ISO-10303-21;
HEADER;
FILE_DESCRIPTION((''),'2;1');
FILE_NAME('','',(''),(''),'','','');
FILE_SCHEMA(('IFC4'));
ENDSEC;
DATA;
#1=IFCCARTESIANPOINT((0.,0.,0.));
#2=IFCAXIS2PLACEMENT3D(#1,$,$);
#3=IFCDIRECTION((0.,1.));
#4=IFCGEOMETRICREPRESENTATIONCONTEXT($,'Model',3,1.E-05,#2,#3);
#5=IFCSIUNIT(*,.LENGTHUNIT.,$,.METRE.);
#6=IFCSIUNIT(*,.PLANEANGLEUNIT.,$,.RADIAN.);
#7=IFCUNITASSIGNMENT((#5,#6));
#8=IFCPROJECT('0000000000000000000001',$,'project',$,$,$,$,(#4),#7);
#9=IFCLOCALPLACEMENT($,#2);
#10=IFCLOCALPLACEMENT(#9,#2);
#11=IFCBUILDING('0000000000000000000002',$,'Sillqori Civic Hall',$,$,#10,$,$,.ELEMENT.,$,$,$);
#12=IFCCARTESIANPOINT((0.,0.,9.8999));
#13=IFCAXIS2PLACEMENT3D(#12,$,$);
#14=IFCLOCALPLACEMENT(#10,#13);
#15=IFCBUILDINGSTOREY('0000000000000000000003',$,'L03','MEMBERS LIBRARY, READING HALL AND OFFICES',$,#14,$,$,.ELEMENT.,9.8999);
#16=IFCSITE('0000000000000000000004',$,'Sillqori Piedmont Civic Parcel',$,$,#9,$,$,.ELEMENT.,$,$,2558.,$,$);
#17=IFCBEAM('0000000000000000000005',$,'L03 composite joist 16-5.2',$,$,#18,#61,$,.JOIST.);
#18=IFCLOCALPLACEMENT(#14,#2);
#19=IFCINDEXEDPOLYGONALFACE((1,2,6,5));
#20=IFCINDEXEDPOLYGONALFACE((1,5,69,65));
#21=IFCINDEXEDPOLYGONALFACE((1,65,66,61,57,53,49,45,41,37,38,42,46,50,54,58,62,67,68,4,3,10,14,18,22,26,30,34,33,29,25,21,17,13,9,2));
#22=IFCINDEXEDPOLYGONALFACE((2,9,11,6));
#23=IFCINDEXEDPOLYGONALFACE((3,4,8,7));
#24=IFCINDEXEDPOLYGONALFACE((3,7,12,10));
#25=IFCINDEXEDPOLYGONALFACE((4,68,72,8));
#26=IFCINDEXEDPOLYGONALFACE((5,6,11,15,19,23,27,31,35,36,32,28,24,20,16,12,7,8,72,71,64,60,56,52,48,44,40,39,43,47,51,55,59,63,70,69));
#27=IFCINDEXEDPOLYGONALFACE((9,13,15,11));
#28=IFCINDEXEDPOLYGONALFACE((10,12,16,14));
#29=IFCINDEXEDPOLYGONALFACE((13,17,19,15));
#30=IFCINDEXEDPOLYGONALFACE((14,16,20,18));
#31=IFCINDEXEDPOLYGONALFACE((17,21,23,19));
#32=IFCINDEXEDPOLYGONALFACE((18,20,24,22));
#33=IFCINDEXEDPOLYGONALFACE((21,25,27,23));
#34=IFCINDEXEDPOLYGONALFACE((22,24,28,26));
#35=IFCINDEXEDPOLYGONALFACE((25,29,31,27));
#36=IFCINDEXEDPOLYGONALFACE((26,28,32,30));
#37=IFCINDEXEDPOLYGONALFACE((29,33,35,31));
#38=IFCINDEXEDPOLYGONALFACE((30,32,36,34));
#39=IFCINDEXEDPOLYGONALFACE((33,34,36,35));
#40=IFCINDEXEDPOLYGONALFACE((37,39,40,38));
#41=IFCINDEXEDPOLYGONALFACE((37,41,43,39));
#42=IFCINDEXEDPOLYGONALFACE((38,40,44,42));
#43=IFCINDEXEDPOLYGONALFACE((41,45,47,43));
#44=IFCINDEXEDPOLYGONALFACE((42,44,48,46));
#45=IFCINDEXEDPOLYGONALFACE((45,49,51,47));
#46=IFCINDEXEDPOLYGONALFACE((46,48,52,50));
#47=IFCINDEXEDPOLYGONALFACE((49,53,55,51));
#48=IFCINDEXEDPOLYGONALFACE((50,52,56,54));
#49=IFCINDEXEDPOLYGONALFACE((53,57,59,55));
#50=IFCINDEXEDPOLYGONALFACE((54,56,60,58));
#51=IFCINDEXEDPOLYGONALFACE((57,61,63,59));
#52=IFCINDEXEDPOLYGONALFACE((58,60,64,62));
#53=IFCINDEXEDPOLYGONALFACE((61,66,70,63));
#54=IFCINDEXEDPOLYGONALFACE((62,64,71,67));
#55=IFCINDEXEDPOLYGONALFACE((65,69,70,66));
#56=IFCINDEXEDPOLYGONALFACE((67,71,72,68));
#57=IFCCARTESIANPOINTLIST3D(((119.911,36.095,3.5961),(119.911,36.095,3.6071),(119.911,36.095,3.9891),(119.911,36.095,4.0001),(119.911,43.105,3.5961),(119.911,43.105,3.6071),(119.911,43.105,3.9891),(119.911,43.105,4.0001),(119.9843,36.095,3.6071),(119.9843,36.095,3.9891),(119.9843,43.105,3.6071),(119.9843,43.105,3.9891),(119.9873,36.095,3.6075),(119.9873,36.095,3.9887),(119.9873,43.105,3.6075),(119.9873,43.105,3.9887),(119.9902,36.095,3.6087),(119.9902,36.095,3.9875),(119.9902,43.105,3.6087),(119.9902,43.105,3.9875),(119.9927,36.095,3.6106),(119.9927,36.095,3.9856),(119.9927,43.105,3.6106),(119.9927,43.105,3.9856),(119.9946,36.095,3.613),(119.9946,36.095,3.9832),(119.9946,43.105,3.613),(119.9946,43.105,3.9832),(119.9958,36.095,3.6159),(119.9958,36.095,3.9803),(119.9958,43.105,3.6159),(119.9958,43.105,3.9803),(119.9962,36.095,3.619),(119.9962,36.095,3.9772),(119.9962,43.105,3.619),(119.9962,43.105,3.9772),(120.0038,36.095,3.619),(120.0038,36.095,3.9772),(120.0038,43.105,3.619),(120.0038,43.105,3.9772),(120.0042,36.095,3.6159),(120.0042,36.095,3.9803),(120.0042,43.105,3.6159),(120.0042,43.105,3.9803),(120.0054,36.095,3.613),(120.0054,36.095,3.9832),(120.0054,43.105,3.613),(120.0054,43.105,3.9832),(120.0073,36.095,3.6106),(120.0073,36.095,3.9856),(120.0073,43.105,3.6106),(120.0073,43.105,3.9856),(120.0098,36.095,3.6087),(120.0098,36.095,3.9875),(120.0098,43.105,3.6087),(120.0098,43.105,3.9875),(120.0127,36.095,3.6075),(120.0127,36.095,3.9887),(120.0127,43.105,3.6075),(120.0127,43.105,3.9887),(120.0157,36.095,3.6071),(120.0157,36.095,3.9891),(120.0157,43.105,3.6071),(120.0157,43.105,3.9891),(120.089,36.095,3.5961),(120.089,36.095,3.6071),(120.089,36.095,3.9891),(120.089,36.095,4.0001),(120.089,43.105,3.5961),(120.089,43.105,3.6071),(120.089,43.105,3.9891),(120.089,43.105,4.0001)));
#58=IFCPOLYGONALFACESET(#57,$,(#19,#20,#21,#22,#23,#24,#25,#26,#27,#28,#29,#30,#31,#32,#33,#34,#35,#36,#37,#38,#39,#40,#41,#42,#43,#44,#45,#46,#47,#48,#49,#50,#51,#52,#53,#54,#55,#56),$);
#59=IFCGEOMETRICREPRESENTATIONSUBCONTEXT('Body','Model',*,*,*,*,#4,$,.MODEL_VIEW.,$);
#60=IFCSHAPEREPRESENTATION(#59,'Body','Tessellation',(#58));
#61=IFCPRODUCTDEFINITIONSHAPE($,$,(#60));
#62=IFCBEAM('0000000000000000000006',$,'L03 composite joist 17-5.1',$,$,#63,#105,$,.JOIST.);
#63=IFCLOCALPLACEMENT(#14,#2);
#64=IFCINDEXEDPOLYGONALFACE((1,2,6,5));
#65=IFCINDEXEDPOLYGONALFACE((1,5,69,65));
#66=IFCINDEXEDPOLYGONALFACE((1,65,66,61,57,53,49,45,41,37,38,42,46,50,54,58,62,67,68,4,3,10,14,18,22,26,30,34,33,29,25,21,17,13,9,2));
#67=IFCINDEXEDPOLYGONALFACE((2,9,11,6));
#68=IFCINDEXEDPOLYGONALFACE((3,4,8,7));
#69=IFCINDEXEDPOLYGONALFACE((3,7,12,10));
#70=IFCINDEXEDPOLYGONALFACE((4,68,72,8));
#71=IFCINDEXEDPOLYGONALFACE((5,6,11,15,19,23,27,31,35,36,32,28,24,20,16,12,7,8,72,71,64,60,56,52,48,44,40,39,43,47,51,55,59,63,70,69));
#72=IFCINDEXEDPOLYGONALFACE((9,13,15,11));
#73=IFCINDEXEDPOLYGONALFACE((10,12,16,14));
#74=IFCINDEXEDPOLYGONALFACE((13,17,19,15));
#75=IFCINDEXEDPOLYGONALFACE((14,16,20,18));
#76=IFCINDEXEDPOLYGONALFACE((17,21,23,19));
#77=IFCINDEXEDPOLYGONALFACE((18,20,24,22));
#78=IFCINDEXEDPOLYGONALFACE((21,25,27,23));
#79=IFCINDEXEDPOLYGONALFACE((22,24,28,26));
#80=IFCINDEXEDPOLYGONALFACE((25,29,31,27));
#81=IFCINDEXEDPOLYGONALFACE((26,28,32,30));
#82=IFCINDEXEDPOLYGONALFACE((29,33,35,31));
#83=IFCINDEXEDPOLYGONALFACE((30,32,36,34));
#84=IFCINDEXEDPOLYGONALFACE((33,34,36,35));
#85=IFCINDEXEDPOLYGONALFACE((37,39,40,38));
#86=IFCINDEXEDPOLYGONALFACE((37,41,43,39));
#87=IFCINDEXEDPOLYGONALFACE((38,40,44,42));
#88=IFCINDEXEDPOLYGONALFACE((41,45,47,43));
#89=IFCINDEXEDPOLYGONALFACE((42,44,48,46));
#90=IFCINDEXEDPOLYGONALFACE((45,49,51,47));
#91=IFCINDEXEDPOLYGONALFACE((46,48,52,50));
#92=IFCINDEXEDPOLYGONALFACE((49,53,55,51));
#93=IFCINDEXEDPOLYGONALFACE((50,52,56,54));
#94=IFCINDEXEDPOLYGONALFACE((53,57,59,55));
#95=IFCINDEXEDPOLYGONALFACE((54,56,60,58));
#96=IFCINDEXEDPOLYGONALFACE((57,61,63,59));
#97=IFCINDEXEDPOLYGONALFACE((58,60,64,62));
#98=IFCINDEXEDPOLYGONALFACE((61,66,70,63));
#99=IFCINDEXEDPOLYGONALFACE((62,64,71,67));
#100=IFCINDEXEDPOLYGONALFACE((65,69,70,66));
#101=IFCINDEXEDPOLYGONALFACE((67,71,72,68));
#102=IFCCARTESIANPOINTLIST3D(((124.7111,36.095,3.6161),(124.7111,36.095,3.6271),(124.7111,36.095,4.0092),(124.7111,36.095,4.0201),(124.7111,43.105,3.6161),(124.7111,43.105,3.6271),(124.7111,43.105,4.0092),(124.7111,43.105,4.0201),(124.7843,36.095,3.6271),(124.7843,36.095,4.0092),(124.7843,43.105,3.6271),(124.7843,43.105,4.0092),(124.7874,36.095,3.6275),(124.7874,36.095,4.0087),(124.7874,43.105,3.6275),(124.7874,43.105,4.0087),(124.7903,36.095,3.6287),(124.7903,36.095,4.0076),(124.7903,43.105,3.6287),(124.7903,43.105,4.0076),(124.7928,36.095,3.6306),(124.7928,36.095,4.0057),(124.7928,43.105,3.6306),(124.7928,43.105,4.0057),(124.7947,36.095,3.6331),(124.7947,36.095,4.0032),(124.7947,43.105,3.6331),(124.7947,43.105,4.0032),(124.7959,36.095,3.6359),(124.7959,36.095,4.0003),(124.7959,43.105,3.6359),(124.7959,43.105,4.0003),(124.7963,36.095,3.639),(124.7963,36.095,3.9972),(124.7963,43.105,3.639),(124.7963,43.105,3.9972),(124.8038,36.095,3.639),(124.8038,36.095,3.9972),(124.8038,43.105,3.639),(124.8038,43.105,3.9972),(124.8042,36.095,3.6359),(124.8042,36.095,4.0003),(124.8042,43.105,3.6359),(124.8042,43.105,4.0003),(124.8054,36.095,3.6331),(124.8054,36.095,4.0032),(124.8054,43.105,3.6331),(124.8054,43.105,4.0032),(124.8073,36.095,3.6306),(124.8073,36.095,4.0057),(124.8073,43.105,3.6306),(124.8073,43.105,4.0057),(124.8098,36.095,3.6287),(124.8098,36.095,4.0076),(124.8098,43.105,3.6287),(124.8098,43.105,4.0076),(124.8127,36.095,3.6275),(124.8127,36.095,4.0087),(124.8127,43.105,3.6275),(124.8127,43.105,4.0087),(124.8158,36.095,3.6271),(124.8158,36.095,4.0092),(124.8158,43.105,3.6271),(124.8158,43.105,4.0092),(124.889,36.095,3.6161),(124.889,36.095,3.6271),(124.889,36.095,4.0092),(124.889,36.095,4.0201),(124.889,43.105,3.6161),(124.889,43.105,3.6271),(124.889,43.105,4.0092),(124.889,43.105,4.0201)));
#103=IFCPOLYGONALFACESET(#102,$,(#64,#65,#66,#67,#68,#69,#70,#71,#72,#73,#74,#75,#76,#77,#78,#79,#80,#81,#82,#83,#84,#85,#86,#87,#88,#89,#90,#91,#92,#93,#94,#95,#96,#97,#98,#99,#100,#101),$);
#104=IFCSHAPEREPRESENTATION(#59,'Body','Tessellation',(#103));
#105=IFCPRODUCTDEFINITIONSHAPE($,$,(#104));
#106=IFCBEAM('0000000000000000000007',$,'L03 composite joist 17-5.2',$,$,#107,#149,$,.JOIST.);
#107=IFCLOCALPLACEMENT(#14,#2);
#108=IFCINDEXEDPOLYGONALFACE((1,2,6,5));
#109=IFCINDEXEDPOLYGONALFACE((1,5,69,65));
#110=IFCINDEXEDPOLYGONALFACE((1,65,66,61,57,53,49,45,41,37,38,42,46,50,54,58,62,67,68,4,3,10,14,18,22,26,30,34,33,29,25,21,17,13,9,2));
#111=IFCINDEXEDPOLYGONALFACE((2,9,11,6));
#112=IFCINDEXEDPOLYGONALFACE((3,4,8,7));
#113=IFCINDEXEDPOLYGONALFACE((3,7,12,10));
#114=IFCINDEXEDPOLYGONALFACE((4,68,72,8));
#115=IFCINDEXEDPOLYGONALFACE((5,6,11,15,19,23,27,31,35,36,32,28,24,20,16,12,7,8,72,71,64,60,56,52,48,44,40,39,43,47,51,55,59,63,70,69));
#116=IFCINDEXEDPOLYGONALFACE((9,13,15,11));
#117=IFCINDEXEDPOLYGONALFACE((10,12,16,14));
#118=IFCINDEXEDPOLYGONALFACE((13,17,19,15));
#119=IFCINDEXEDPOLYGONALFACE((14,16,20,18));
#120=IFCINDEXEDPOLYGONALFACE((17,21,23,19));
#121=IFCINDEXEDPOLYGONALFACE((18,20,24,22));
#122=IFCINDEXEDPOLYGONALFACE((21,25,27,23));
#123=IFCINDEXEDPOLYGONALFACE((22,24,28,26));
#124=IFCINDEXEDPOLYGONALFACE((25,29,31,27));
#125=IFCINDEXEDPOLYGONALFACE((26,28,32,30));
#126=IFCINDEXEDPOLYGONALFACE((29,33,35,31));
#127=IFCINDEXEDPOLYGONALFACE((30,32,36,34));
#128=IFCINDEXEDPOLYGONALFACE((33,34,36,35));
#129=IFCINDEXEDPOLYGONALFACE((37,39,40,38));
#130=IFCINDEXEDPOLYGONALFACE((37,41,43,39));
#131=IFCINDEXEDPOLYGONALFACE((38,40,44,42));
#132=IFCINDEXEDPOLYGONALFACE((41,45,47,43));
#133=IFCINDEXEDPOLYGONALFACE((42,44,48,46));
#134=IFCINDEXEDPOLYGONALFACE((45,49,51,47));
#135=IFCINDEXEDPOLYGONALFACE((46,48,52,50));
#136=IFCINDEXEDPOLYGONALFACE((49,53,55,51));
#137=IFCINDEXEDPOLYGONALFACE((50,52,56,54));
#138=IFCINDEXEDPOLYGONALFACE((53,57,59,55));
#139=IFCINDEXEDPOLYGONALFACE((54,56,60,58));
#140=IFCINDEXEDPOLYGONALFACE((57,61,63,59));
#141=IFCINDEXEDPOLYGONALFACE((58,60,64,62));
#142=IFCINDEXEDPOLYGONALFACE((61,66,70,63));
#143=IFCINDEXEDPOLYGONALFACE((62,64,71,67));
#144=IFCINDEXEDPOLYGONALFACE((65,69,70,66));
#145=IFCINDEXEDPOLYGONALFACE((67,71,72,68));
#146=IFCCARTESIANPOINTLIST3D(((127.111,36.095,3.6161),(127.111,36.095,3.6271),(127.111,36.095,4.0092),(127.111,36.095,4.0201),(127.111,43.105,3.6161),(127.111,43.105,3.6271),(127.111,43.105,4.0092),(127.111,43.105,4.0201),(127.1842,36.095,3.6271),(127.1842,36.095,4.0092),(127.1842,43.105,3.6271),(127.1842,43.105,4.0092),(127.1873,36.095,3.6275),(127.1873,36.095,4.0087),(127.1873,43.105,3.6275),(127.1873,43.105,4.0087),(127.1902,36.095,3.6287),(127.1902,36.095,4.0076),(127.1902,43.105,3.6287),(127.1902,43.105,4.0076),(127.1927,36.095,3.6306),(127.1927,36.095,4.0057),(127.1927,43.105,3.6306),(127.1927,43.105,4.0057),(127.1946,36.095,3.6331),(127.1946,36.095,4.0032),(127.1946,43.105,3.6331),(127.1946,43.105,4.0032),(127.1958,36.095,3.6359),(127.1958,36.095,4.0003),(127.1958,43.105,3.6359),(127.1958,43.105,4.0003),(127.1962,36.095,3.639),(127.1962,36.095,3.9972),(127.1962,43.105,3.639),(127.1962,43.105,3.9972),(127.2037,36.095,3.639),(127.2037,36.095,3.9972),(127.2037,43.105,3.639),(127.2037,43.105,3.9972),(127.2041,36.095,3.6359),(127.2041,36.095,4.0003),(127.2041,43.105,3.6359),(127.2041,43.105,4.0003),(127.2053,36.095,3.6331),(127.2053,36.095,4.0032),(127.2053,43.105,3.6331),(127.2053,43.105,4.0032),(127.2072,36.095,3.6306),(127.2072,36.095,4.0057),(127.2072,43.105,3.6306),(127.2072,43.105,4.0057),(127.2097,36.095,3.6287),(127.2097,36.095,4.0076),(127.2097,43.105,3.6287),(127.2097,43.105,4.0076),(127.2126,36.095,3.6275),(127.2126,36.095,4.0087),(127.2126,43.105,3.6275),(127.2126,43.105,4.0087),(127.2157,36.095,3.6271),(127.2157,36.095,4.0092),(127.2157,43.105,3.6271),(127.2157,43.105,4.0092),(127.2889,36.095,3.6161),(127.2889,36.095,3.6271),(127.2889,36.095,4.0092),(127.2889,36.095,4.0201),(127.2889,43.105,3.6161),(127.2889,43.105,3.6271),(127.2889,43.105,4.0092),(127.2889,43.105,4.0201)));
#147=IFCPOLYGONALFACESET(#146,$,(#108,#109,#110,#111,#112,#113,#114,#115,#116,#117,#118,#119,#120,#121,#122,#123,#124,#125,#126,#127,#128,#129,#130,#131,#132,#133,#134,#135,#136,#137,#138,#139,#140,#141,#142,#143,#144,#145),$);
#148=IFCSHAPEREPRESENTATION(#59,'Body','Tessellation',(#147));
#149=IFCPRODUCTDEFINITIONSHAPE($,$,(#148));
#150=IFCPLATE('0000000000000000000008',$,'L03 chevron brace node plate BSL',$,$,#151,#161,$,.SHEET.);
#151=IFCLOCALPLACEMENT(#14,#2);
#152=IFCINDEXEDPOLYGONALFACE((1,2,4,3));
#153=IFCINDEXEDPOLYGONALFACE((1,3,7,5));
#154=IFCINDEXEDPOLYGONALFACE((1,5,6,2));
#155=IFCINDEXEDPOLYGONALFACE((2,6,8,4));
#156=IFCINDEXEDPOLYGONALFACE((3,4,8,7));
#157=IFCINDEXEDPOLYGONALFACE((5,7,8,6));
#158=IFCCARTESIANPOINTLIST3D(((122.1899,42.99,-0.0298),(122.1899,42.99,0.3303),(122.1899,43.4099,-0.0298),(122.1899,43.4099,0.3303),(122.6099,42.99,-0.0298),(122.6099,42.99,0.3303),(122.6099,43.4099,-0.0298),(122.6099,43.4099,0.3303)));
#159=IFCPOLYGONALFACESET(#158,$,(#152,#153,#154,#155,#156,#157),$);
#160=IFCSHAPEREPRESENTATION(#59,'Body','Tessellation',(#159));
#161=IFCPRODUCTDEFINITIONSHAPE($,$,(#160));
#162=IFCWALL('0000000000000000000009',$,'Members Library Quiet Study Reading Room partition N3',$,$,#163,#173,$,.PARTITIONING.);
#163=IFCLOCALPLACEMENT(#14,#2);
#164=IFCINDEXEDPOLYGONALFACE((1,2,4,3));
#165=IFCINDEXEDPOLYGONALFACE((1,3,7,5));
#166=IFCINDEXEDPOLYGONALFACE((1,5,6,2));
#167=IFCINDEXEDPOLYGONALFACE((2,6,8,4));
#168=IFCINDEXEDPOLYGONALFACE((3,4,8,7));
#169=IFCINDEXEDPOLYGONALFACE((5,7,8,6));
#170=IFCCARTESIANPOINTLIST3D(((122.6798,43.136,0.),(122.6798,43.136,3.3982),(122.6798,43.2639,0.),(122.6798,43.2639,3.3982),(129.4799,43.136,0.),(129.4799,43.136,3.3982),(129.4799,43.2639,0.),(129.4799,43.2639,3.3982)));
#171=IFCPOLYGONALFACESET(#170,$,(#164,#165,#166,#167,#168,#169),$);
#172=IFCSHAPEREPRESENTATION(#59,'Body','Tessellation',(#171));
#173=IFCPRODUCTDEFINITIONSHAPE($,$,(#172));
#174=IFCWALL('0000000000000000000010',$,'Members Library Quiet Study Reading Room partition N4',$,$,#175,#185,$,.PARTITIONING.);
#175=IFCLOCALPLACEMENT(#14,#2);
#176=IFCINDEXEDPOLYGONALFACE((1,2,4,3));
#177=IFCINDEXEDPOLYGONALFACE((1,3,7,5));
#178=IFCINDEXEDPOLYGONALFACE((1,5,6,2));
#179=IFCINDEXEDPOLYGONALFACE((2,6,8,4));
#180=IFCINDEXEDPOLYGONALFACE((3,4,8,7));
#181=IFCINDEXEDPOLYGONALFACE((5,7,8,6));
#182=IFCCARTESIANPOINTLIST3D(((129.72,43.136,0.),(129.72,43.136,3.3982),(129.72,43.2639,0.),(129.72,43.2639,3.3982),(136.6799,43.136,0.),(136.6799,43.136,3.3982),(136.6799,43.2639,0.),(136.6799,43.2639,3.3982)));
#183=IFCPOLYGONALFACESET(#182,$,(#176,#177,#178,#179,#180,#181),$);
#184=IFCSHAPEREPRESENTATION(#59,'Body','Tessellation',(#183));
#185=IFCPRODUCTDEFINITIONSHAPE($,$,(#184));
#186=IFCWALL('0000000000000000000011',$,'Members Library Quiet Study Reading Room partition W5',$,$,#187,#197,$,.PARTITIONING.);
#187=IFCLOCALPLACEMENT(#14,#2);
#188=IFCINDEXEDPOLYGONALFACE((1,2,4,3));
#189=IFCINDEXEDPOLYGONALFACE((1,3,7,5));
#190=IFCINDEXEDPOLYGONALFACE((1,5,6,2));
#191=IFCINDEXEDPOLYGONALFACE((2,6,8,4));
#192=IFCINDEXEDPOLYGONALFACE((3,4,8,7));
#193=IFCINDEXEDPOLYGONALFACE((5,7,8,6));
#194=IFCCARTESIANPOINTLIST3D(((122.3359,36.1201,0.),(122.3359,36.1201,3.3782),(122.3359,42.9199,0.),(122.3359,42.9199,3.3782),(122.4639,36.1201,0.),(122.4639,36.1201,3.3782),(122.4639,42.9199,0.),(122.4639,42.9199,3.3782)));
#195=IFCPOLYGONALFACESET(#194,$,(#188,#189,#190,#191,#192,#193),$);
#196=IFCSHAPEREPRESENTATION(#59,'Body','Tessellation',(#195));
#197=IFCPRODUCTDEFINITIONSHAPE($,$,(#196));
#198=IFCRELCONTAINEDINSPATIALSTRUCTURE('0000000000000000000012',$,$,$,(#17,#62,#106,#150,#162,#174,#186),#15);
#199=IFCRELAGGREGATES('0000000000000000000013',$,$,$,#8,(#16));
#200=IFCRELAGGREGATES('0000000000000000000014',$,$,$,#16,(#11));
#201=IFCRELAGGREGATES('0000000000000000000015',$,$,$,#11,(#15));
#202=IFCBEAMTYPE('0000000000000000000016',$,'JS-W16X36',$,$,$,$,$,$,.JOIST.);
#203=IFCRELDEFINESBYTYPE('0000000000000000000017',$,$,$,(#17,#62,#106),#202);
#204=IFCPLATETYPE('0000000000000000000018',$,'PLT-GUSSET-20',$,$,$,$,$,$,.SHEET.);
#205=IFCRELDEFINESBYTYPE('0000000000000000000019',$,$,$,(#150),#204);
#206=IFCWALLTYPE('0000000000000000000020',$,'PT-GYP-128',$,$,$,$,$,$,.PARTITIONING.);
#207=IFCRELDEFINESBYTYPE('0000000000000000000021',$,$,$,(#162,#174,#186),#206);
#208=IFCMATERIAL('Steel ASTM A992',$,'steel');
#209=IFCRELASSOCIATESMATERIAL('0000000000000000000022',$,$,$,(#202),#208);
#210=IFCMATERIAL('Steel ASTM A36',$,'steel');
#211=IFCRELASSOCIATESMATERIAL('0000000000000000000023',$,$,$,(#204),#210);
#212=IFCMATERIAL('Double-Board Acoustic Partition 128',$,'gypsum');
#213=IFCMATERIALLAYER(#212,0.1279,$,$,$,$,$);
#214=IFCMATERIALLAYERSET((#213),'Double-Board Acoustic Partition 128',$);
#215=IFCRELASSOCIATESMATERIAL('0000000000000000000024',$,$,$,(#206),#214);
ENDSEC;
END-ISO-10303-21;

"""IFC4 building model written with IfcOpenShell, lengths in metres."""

from ifc_helpers import new_model, si_unit, direction, frame, frame_2d, origin, origin_2d, place, context, subcontext, project, spatial, rectangle, i_section, extrude, material, layer, layer_set, material_profile, profile_set, type_object, element, save


model = new_model("IFC4")

# Units and contexts
model_context = context("Model", 3, precision=1e-05, world=origin(), true_north=direction((0.0, 1.0)))
body_context = subcontext(model_context, "Body", "Model", "MODEL_VIEW")
ifc_project = project(units=[si_unit("LENGTHUNIT", "METRE"), si_unit("PLANEANGLEUNIT", "RADIAN")], contexts=[model_context])

# Site, building, storey
site_placement = place(None, origin())
site = spatial("IfcSite", under=ifc_project, at=site_placement, Name="Sillqori Piedmont Civic Parcel", CompositionType="ELEMENT", RefElevation=2558.0)
building_placement = place(site_placement, origin())
building = spatial("IfcBuilding", under=site, at=building_placement, Name="Sillqori Civic Hall", CompositionType="ELEMENT")
storey_placement = place(building_placement, frame((0.0, 0.0, 9.8999)))
storey = spatial("IfcBuildingStorey", under=building, at=storey_placement, Name="L03", Description="MEMBERS LIBRARY, READING HALL AND OFFICES", CompositionType="ELEMENT", Elevation=9.8999)

# Shared definitions
ifc_material_1 = material(Name="Steel ASTM A992", Category="steel")

# Beams
ifc_material_profile_1 = material_profile(ifc_material_1, i_section(OverallWidth=0.178, OverallDepth=0.4041, WebThickness=0.0076, FlangeThickness=0.011, FilletRadius=0.012, at=origin_2d()), Name="W16X36")
ifc_profile_set_1 = profile_set([ifc_material_profile_1], Name="Steel ASTM A992")
beam_type_1 = type_object("IfcBeamType", Name="JS-W16X36", PredefinedType="JOIST", material=ifc_profile_set_1)
for number, where, z_axis, x_axis, name in (
    (1, (120.0, 36.095, 3.7981), (0.0, 1.0, 0.0), (-1.0, 0.0, 0.0), "L03 composite joist 16-5.2"),
    (2, (124.8, 36.095, 3.8181), (0.0, 1.0, 0.0), (-1.0, 0.0, 0.0), "L03 composite joist 17-5.1"),
    (3, (127.2, 36.095, 3.8181), (0.0, 1.0, 0.0), (-1.0, 0.0, 0.0), "L03 composite joist 17-5.2"),
):
    element("IfcBeam", number, at=place(storey_placement, frame(where, z_axis=z_axis, x_axis=x_axis)), inside=storey, type_object=beam_type_1, Name=name, PredefinedType="JOIST", context=body_context, shape_type="SweptSolid", body=[
        extrude(i_section(OverallWidth=0.178, OverallDepth=0.4041, WebThickness=0.0076, FlangeThickness=0.011, FilletRadius=0.012, at=origin_2d()), origin(), (0.0, 0.0, 1.0), 7.01),
    ])

# Plate
ifc_material_2 = material(Name="Steel ASTM A36", Category="steel")
plate_type = type_object("IfcPlateType", Name="PLT-GUSSET-20", PredefinedType="SHEET", material=ifc_material_2)
plate_placement = place(storey_placement, frame((122.3999, 43.2, -0.0298), z_axis=(0.0, 0.0, 1.0), x_axis=(1.0, 0.0, 0.0)))
element("IfcPlate", 4, at=plate_placement, inside=storey, type_object=plate_type, Name="L03 chevron brace node plate BSL", PredefinedType="SHEET", context=body_context, shape_type="SweptSolid", body=[
    extrude(rectangle(XDim=0.4199, YDim=0.4199, at=origin_2d()), origin(), (0.0, 0.0, 1.0), 0.3601),
])

# Walls
ifc_material_3 = material(Name="Double-Board Acoustic Partition 128", Category="gypsum")
ifc_layer = layer(ifc_material_3, 0.1279)
ifc_layer_set = layer_set([ifc_layer], Name="Double-Board Acoustic Partition 128")
wall_type = type_object("IfcWallType", Name="PT-GYP-128", PredefinedType="PARTITIONING", material=ifc_layer_set)
wall_1_placement = place(storey_placement, frame((122.6799, 43.2, 0.0), z_axis=(0.0, 0.0, 1.0), x_axis=(1.0, 0.0, 0.0)))
element("IfcWall", 5, at=wall_1_placement, inside=storey, type_object=wall_type, Name="Members Library Quiet Study Reading Room partition N3", PredefinedType="PARTITIONING", context=body_context, shape_type="SweptSolid", body=[
    extrude(rectangle(XDim=6.8, YDim=0.1279, at=frame_2d((3.3999, 0.0))), origin(), (0.0, 0.0, 1.0), 3.3982),
])
wall_2_placement = place(storey_placement, frame((129.72, 43.2, 0.0), z_axis=(0.0, 0.0, 1.0), x_axis=(1.0, 0.0, 0.0)))
element("IfcWall", 6, at=wall_2_placement, inside=storey, type_object=wall_type, Name="Members Library Quiet Study Reading Room partition N4", PredefinedType="PARTITIONING", context=body_context, shape_type="SweptSolid", body=[
    extrude(rectangle(XDim=6.96, YDim=0.1279, at=frame_2d((3.48, 0.0))), origin(), (0.0, 0.0, 1.0), 3.3982),
])
wall_3_placement = place(storey_placement, frame((122.3999, 36.1201, 0.0), z_axis=(0.0, 0.0, 1.0), x_axis=(0.0, 1.0, 0.0)))
element("IfcWall", 7, at=wall_3_placement, inside=storey, type_object=wall_type, Name="Members Library Quiet Study Reading Room partition W5", PredefinedType="PARTITIONING", context=body_context, shape_type="SweptSolid", body=[
    extrude(rectangle(XDim=6.7998, YDim=0.1279, at=frame_2d((3.3999, 0.0))), origin(), (0.0, 0.0, 1.0), 3.3782),
])

save(model, "model.ifc")
